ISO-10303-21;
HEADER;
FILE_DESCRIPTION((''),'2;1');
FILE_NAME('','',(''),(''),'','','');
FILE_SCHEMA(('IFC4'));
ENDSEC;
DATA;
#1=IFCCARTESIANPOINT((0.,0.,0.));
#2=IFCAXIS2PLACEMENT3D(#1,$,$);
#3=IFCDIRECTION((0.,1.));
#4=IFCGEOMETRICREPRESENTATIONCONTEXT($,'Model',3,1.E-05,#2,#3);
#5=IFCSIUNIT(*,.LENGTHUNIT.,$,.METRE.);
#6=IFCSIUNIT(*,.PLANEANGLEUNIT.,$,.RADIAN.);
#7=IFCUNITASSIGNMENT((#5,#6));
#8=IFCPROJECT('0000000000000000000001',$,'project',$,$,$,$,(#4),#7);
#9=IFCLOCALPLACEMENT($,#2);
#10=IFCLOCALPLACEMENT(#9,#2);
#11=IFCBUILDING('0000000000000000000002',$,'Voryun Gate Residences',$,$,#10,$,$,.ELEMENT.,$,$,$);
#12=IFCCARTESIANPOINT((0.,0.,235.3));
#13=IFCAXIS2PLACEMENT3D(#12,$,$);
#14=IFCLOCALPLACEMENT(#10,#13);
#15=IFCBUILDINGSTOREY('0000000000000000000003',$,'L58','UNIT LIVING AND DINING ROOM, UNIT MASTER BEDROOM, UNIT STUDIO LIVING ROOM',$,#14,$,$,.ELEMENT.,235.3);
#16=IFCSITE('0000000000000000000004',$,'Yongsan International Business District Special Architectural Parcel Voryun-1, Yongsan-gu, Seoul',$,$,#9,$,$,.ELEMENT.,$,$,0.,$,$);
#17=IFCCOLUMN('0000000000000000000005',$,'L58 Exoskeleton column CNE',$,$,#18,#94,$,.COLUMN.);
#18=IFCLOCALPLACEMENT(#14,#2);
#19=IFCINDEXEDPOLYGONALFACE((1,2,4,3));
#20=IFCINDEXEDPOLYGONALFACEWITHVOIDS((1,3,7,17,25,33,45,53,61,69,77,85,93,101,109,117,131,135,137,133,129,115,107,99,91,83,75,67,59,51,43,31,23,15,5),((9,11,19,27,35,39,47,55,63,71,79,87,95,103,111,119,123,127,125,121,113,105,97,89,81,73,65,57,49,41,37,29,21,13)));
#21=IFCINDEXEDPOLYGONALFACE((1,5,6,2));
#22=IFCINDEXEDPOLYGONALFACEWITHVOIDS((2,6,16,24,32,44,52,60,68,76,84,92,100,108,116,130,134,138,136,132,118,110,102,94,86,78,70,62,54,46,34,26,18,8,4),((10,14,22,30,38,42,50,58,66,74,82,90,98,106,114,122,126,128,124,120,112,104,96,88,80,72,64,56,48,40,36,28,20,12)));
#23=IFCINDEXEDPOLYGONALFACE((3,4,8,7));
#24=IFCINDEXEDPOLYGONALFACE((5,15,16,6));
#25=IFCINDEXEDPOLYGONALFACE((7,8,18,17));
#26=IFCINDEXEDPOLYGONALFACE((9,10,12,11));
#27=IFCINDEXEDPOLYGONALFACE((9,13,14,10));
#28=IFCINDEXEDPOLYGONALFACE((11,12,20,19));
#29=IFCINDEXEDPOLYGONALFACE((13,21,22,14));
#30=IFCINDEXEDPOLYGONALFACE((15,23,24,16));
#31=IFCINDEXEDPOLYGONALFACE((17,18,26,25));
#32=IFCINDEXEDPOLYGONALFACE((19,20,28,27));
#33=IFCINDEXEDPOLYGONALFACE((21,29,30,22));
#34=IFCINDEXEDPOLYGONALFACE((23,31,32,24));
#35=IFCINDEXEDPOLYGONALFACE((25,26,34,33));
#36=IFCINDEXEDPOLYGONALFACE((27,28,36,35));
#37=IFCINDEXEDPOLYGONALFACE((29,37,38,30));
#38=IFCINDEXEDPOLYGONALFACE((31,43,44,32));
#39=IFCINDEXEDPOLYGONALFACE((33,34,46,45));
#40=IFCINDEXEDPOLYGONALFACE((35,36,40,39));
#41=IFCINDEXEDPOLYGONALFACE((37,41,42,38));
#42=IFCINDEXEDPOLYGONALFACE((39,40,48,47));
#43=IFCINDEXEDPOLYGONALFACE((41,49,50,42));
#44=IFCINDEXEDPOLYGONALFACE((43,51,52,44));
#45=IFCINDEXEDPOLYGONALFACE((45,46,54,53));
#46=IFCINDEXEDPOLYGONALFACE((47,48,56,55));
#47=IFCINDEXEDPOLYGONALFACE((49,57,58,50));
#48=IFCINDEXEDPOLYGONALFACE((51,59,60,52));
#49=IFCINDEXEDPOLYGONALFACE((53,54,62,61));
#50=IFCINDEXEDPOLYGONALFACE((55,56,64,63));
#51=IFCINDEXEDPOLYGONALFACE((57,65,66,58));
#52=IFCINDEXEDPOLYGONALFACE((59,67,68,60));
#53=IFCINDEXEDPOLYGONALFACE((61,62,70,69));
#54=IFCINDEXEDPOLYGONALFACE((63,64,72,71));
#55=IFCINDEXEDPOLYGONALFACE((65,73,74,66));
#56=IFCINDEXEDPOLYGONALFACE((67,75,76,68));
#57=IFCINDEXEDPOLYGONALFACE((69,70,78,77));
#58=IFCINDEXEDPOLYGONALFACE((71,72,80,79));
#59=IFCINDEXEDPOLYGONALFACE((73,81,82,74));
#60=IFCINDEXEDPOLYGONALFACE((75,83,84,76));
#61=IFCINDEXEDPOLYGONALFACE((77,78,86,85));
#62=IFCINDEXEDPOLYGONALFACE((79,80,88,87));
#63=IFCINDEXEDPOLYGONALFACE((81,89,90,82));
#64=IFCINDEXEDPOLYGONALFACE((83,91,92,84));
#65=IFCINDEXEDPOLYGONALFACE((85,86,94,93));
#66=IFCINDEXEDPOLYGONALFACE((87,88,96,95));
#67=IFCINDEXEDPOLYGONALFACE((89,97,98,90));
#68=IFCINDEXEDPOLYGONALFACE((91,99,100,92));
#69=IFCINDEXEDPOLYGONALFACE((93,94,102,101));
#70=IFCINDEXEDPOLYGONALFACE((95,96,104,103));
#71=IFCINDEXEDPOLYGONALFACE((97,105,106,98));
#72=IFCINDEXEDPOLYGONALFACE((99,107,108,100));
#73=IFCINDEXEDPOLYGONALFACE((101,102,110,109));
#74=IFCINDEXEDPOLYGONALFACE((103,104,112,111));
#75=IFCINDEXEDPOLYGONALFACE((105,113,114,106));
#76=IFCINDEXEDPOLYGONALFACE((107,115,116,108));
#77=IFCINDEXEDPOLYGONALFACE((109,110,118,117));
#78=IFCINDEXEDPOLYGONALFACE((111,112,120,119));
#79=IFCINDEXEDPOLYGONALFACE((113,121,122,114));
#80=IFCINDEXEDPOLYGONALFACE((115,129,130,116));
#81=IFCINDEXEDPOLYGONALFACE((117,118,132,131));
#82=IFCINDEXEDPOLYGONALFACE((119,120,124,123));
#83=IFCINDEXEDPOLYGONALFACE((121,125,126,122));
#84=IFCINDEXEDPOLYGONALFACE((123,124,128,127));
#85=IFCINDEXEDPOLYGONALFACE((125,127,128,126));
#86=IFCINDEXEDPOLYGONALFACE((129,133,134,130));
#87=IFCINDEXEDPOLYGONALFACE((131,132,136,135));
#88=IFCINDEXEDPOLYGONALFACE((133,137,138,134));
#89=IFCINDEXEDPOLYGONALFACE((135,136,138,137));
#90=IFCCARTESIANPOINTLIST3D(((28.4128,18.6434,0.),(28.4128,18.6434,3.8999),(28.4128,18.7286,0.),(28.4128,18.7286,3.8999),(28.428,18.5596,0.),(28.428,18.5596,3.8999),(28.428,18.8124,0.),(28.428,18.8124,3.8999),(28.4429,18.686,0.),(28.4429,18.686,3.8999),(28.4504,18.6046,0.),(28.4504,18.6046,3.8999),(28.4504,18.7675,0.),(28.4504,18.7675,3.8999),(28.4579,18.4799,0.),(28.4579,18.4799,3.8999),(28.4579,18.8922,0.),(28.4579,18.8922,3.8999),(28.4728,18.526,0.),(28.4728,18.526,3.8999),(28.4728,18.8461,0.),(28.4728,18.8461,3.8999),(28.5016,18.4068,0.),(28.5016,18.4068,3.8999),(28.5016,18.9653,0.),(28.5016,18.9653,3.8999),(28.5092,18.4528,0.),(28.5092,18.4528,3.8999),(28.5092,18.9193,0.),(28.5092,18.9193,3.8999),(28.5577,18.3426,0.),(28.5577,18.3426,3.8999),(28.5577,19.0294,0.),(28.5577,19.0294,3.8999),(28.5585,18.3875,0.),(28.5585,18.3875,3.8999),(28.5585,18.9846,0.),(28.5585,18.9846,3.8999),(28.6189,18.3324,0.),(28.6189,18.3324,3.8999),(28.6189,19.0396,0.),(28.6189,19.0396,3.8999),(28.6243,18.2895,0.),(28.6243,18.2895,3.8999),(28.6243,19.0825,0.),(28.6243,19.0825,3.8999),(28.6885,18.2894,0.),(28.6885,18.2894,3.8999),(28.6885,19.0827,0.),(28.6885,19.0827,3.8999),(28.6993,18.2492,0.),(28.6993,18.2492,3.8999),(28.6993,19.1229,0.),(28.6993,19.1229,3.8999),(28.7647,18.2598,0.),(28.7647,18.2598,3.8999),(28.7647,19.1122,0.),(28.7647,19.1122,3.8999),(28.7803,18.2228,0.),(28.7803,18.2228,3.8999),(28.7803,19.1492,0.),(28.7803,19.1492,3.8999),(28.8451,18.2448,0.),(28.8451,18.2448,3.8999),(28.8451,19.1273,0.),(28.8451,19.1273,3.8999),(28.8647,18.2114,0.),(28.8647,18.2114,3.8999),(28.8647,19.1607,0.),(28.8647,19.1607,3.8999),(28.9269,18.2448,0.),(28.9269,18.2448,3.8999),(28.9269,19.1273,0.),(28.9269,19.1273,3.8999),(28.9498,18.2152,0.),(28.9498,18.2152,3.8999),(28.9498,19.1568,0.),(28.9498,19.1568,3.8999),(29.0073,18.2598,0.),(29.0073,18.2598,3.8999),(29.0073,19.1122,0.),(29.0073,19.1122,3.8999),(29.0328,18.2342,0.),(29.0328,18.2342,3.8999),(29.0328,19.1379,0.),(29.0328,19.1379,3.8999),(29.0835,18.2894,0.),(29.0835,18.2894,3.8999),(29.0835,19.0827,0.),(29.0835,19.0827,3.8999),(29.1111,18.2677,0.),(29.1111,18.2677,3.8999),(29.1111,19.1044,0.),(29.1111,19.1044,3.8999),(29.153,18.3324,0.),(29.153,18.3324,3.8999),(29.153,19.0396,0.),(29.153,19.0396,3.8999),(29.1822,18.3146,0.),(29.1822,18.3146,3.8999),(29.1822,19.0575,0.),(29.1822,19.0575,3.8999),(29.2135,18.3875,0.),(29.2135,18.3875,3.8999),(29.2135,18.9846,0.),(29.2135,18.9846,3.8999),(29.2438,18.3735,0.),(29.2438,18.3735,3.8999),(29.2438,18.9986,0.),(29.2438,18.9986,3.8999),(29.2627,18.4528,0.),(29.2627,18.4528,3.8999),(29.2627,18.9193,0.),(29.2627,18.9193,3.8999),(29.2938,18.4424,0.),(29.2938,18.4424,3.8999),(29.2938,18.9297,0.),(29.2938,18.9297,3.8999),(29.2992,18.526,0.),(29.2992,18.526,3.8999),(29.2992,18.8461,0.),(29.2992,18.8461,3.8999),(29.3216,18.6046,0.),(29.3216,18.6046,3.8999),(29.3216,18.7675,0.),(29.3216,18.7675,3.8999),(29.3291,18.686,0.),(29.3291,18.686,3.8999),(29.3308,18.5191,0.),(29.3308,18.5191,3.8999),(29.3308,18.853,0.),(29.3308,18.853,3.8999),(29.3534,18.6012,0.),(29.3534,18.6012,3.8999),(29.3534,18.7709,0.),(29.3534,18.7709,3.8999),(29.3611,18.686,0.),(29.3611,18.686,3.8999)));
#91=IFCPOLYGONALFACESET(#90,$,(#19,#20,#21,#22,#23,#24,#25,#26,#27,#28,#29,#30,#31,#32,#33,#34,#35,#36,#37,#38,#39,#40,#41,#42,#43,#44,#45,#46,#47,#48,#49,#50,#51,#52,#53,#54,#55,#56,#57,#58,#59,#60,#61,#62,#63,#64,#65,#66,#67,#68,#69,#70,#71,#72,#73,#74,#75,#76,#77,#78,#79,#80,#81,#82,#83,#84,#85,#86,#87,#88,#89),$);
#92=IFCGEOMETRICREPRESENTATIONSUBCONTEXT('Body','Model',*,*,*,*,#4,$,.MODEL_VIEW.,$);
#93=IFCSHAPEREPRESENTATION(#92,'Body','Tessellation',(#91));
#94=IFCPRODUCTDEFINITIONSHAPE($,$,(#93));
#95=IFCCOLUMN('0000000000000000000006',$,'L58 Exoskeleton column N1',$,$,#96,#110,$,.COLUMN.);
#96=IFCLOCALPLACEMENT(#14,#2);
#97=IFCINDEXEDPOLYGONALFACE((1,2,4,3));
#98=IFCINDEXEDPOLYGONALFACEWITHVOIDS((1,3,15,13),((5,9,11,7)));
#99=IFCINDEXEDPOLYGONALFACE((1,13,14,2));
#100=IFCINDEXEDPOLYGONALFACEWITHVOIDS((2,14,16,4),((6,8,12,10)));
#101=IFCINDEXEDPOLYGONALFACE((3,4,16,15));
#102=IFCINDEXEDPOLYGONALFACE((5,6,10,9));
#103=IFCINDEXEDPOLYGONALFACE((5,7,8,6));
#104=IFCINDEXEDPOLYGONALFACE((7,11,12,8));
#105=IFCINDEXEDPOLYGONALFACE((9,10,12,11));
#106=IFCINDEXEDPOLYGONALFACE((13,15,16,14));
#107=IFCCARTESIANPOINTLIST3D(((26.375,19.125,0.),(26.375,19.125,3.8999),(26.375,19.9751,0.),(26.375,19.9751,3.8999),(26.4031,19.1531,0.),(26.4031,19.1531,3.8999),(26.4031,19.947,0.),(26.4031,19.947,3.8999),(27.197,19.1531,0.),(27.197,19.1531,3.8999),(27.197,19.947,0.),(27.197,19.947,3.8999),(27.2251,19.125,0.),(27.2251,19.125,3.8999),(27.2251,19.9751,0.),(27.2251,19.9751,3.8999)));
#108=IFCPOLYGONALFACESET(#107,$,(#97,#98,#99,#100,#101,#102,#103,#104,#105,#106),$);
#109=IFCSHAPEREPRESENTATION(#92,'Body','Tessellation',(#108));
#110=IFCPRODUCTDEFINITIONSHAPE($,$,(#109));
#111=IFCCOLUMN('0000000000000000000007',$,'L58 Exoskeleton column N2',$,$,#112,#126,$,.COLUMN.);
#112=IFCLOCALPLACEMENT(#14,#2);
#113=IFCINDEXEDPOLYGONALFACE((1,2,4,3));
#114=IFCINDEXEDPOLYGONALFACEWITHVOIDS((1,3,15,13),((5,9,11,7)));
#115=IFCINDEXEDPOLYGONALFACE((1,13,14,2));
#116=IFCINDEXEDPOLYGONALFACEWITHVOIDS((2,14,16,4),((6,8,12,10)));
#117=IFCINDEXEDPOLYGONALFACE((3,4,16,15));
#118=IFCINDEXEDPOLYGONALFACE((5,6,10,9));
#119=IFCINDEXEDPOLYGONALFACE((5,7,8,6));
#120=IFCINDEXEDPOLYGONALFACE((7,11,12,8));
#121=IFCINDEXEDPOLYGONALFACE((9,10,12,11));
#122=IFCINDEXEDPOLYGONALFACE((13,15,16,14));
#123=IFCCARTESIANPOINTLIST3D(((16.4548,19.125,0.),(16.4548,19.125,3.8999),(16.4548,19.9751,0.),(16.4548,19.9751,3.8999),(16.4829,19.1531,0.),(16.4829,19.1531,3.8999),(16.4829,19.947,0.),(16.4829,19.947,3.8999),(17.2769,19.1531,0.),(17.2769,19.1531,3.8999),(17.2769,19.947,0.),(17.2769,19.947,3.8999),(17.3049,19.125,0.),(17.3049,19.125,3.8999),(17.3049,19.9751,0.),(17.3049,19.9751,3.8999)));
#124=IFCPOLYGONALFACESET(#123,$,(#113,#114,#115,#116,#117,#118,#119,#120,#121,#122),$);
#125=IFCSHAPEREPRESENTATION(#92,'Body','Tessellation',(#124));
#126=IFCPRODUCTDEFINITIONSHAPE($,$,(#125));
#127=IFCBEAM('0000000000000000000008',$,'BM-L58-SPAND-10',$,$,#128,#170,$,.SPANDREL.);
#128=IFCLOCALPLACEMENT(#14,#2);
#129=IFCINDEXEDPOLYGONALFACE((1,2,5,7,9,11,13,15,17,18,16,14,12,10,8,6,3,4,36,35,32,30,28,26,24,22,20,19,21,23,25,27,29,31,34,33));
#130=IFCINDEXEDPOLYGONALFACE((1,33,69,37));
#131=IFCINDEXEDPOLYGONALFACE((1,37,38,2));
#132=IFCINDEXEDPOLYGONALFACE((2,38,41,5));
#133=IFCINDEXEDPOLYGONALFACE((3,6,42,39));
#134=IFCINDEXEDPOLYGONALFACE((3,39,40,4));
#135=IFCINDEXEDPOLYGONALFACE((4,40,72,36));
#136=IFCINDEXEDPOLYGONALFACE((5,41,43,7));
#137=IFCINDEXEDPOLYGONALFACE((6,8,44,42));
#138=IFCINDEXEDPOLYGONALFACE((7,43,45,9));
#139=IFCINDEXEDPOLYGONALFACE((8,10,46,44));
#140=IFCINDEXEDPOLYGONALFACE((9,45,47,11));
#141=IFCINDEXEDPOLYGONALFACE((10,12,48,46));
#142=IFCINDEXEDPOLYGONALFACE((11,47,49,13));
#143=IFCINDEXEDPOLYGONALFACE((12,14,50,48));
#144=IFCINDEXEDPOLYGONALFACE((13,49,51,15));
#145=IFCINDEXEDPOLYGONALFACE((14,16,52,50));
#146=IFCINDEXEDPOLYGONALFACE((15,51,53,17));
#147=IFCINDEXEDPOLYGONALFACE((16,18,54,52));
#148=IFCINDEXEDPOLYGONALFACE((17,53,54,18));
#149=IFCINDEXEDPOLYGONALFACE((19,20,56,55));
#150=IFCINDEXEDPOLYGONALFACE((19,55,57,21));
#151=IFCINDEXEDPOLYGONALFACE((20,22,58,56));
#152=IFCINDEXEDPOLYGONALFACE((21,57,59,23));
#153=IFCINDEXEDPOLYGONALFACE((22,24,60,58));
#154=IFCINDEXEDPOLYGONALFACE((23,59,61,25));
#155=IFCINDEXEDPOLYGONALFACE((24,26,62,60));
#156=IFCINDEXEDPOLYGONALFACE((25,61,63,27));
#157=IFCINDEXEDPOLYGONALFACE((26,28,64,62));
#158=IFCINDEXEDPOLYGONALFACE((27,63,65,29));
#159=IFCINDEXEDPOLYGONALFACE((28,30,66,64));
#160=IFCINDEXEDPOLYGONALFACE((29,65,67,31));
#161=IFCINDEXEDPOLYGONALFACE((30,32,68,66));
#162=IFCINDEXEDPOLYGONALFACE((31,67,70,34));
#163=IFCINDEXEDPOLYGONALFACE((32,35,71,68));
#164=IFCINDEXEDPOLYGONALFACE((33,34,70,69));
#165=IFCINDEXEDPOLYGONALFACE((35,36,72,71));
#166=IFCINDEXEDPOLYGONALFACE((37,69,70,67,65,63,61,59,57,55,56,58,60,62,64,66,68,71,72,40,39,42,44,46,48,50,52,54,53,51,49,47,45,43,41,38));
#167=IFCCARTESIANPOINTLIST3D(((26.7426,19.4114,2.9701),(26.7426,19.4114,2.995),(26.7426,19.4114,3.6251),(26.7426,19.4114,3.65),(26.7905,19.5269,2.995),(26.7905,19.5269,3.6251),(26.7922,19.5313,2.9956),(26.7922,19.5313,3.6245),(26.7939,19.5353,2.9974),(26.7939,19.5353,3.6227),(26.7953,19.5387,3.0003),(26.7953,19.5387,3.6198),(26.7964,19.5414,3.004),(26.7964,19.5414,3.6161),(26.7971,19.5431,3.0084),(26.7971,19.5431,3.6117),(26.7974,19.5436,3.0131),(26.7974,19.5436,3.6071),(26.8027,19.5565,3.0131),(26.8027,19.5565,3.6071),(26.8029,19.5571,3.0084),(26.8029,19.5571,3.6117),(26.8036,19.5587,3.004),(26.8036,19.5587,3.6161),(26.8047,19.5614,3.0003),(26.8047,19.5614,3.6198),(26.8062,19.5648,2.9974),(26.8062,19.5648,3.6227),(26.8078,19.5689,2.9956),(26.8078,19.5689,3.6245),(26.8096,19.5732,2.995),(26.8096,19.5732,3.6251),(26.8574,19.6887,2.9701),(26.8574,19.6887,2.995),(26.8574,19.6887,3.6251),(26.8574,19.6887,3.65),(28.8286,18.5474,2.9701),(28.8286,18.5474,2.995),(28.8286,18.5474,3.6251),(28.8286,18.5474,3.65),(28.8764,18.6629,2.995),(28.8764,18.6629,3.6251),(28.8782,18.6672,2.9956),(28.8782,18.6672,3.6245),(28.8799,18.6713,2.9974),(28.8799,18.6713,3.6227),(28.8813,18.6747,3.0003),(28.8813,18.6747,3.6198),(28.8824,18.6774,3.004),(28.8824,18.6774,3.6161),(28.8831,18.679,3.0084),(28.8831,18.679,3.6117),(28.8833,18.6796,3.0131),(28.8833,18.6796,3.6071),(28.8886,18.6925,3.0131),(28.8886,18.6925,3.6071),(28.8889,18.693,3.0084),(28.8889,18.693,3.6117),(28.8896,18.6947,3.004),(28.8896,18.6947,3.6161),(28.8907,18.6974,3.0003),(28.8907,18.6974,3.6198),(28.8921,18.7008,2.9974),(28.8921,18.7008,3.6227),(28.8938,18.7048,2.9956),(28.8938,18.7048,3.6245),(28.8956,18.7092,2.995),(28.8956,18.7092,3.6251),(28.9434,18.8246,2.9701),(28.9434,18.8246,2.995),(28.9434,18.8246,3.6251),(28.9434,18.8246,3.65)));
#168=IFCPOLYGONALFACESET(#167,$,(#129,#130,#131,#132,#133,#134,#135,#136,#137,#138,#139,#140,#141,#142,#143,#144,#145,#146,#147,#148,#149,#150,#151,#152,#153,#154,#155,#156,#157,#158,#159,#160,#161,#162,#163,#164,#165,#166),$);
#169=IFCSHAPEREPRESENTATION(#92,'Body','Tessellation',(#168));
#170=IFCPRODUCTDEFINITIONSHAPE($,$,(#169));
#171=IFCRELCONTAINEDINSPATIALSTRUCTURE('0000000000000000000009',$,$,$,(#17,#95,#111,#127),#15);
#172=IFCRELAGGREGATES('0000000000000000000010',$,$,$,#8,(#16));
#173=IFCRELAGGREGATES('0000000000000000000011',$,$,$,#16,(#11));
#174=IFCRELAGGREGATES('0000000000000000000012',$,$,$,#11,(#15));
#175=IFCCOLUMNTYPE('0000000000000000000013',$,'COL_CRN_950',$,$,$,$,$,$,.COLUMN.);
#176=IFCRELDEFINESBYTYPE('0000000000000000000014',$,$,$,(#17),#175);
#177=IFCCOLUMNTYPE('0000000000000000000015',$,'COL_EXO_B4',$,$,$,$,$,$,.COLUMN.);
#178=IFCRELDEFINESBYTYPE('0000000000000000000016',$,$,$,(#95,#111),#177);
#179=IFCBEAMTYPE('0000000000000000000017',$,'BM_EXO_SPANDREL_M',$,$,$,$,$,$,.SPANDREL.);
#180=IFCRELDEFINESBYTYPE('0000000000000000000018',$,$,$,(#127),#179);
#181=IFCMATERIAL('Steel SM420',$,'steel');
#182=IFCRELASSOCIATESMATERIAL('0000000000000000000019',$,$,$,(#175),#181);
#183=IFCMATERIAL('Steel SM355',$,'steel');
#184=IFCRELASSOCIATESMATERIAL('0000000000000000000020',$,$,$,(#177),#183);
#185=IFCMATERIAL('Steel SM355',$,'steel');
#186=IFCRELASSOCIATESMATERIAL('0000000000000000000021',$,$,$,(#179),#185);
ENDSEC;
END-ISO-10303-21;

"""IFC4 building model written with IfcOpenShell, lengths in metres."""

from ifc_helpers import new_model, si_unit, direction, frame, origin, origin_2d, place, context, subcontext, project, spatial, hollow_rectangle, hollow_circle, i_section, extrude, material, material_profile, profile_set, type_object, element, save


model = new_model("IFC4")

# Units and contexts
model_context = context("Model", 3, precision=1e-05, world=origin(), true_north=direction((0.0, 1.0)))
body_context = subcontext(model_context, "Body", "Model", "MODEL_VIEW")
ifc_project = project(units=[si_unit("LENGTHUNIT", "METRE"), si_unit("PLANEANGLEUNIT", "RADIAN")], contexts=[model_context])

# Site, building, storey
site_placement = place(None, origin())
site = spatial("IfcSite", under=ifc_project, at=site_placement, Name="Yongsan International Business District Special Architectural Parcel Voryun-1, Yongsan-gu, Seoul", CompositionType="ELEMENT", RefElevation=0.0)
building_placement = place(site_placement, origin())
building = spatial("IfcBuilding", under=site, at=building_placement, Name="Voryun Gate Residences", CompositionType="ELEMENT")
storey_placement = place(building_placement, frame((0.0, 0.0, 235.3)))
storey = spatial("IfcBuildingStorey", under=building, at=storey_placement, Name="L58", Description="UNIT LIVING AND DINING ROOM, UNIT MASTER BEDROOM, UNIT STUDIO LIVING ROOM", CompositionType="ELEMENT", Elevation=235.3)

# Columns
ifc_material_1 = material(Name="Steel SM420", Category="steel")
ifc_material_profile_1 = material_profile(ifc_material_1, hollow_circle(Radius=0.4751, WallThickness=0.032, at=origin_2d()), Name="CHS-950x32")
ifc_profile_set_1 = profile_set([ifc_material_profile_1], Name="Steel SM420")
column_type_1 = type_object("IfcColumnType", Name="COL_CRN_950", PredefinedType="COLUMN", material=ifc_profile_set_1)
column_placement = place(storey_placement, frame((28.886, 18.686, 0.0), z_axis=(0.0, 0.0, 1.0), x_axis=(1.0, 0.0, 0.0)))
element("IfcColumn", 1, at=column_placement, inside=storey, type_object=column_type_1, Name="L58 Exoskeleton column CNE", PredefinedType="COLUMN", context=body_context, shape_type="SweptSolid", body=[
    extrude(hollow_circle(Radius=0.4751, WallThickness=0.032, at=origin_2d()), origin(), (0.0, 0.0, 1.0), 3.8999),
])
ifc_material_2 = material(Name="Steel SM355", Category="steel")
ifc_material_profile_2 = material_profile(ifc_material_2, hollow_rectangle(XDim=0.8501, YDim=0.8501, WallThickness=0.0281, at=origin_2d()), Name="BOX-850x850x28")
ifc_profile_set_2 = profile_set([ifc_material_profile_2], Name="Steel SM355")
column_type_2 = type_object("IfcColumnType", Name="COL_EXO_B4", PredefinedType="COLUMN", material=ifc_profile_set_2)
for number, where, z_axis, x_axis, name in (
    (2, (26.8, 19.55, 0.0), (0.0, 0.0, 1.0), (1.0, 0.0, 0.0), "L58 Exoskeleton column N1"),
    (3, (16.8799, 19.55, 0.0), (0.0, 0.0, 1.0), (1.0, 0.0, 0.0), "L58 Exoskeleton column N2"),
):
    element("IfcColumn", number, at=place(storey_placement, frame(where, z_axis=z_axis, x_axis=x_axis)), inside=storey, type_object=column_type_2, Name=name, PredefinedType="COLUMN", context=body_context, shape_type="SweptSolid", body=[
        extrude(hollow_rectangle(XDim=0.8501, YDim=0.8501, WallThickness=0.0281, at=origin_2d()), origin(), (0.0, 0.0, 1.0), 3.8999),
    ])

# Beam
ifc_material_3 = material(Name="Steel SM355", Category="steel")
ifc_material_profile_3 = material_profile(ifc_material_3, i_section(OverallWidth=0.3, OverallDepth=0.6799, WebThickness=0.0139, FlangeThickness=0.0249, FilletRadius=0.0181, at=origin_2d()), Name="H-680x300x14x25")
ifc_profile_set_3 = profile_set([ifc_material_profile_3], Name="Steel SM355")
beam_type = type_object("IfcBeamType", Name="BM_EXO_SPANDREL_M", PredefinedType="SPANDREL", material=ifc_profile_set_3)
beam_1_placement = place(storey_placement, frame((28.886, 18.686, 3.3101), z_axis=(-0.923881, 0.38268, 0.0), x_axis=(-0.38268, -0.923881, 0.0)))
element("IfcBeam", 4, at=beam_1_placement, inside=storey, type_object=beam_type, Name="BM-L58-SPAND-10", PredefinedType="SPANDREL", context=body_context, shape_type="SweptSolid", body=[
    extrude(i_section(OverallWidth=0.3, OverallDepth=0.6799, WebThickness=0.0139, FlangeThickness=0.0249, FilletRadius=0.0181, at=origin_2d()), origin(), (0.0, 0.0, 1.0), 2.2578),
])

save(model, "model.ifc")
